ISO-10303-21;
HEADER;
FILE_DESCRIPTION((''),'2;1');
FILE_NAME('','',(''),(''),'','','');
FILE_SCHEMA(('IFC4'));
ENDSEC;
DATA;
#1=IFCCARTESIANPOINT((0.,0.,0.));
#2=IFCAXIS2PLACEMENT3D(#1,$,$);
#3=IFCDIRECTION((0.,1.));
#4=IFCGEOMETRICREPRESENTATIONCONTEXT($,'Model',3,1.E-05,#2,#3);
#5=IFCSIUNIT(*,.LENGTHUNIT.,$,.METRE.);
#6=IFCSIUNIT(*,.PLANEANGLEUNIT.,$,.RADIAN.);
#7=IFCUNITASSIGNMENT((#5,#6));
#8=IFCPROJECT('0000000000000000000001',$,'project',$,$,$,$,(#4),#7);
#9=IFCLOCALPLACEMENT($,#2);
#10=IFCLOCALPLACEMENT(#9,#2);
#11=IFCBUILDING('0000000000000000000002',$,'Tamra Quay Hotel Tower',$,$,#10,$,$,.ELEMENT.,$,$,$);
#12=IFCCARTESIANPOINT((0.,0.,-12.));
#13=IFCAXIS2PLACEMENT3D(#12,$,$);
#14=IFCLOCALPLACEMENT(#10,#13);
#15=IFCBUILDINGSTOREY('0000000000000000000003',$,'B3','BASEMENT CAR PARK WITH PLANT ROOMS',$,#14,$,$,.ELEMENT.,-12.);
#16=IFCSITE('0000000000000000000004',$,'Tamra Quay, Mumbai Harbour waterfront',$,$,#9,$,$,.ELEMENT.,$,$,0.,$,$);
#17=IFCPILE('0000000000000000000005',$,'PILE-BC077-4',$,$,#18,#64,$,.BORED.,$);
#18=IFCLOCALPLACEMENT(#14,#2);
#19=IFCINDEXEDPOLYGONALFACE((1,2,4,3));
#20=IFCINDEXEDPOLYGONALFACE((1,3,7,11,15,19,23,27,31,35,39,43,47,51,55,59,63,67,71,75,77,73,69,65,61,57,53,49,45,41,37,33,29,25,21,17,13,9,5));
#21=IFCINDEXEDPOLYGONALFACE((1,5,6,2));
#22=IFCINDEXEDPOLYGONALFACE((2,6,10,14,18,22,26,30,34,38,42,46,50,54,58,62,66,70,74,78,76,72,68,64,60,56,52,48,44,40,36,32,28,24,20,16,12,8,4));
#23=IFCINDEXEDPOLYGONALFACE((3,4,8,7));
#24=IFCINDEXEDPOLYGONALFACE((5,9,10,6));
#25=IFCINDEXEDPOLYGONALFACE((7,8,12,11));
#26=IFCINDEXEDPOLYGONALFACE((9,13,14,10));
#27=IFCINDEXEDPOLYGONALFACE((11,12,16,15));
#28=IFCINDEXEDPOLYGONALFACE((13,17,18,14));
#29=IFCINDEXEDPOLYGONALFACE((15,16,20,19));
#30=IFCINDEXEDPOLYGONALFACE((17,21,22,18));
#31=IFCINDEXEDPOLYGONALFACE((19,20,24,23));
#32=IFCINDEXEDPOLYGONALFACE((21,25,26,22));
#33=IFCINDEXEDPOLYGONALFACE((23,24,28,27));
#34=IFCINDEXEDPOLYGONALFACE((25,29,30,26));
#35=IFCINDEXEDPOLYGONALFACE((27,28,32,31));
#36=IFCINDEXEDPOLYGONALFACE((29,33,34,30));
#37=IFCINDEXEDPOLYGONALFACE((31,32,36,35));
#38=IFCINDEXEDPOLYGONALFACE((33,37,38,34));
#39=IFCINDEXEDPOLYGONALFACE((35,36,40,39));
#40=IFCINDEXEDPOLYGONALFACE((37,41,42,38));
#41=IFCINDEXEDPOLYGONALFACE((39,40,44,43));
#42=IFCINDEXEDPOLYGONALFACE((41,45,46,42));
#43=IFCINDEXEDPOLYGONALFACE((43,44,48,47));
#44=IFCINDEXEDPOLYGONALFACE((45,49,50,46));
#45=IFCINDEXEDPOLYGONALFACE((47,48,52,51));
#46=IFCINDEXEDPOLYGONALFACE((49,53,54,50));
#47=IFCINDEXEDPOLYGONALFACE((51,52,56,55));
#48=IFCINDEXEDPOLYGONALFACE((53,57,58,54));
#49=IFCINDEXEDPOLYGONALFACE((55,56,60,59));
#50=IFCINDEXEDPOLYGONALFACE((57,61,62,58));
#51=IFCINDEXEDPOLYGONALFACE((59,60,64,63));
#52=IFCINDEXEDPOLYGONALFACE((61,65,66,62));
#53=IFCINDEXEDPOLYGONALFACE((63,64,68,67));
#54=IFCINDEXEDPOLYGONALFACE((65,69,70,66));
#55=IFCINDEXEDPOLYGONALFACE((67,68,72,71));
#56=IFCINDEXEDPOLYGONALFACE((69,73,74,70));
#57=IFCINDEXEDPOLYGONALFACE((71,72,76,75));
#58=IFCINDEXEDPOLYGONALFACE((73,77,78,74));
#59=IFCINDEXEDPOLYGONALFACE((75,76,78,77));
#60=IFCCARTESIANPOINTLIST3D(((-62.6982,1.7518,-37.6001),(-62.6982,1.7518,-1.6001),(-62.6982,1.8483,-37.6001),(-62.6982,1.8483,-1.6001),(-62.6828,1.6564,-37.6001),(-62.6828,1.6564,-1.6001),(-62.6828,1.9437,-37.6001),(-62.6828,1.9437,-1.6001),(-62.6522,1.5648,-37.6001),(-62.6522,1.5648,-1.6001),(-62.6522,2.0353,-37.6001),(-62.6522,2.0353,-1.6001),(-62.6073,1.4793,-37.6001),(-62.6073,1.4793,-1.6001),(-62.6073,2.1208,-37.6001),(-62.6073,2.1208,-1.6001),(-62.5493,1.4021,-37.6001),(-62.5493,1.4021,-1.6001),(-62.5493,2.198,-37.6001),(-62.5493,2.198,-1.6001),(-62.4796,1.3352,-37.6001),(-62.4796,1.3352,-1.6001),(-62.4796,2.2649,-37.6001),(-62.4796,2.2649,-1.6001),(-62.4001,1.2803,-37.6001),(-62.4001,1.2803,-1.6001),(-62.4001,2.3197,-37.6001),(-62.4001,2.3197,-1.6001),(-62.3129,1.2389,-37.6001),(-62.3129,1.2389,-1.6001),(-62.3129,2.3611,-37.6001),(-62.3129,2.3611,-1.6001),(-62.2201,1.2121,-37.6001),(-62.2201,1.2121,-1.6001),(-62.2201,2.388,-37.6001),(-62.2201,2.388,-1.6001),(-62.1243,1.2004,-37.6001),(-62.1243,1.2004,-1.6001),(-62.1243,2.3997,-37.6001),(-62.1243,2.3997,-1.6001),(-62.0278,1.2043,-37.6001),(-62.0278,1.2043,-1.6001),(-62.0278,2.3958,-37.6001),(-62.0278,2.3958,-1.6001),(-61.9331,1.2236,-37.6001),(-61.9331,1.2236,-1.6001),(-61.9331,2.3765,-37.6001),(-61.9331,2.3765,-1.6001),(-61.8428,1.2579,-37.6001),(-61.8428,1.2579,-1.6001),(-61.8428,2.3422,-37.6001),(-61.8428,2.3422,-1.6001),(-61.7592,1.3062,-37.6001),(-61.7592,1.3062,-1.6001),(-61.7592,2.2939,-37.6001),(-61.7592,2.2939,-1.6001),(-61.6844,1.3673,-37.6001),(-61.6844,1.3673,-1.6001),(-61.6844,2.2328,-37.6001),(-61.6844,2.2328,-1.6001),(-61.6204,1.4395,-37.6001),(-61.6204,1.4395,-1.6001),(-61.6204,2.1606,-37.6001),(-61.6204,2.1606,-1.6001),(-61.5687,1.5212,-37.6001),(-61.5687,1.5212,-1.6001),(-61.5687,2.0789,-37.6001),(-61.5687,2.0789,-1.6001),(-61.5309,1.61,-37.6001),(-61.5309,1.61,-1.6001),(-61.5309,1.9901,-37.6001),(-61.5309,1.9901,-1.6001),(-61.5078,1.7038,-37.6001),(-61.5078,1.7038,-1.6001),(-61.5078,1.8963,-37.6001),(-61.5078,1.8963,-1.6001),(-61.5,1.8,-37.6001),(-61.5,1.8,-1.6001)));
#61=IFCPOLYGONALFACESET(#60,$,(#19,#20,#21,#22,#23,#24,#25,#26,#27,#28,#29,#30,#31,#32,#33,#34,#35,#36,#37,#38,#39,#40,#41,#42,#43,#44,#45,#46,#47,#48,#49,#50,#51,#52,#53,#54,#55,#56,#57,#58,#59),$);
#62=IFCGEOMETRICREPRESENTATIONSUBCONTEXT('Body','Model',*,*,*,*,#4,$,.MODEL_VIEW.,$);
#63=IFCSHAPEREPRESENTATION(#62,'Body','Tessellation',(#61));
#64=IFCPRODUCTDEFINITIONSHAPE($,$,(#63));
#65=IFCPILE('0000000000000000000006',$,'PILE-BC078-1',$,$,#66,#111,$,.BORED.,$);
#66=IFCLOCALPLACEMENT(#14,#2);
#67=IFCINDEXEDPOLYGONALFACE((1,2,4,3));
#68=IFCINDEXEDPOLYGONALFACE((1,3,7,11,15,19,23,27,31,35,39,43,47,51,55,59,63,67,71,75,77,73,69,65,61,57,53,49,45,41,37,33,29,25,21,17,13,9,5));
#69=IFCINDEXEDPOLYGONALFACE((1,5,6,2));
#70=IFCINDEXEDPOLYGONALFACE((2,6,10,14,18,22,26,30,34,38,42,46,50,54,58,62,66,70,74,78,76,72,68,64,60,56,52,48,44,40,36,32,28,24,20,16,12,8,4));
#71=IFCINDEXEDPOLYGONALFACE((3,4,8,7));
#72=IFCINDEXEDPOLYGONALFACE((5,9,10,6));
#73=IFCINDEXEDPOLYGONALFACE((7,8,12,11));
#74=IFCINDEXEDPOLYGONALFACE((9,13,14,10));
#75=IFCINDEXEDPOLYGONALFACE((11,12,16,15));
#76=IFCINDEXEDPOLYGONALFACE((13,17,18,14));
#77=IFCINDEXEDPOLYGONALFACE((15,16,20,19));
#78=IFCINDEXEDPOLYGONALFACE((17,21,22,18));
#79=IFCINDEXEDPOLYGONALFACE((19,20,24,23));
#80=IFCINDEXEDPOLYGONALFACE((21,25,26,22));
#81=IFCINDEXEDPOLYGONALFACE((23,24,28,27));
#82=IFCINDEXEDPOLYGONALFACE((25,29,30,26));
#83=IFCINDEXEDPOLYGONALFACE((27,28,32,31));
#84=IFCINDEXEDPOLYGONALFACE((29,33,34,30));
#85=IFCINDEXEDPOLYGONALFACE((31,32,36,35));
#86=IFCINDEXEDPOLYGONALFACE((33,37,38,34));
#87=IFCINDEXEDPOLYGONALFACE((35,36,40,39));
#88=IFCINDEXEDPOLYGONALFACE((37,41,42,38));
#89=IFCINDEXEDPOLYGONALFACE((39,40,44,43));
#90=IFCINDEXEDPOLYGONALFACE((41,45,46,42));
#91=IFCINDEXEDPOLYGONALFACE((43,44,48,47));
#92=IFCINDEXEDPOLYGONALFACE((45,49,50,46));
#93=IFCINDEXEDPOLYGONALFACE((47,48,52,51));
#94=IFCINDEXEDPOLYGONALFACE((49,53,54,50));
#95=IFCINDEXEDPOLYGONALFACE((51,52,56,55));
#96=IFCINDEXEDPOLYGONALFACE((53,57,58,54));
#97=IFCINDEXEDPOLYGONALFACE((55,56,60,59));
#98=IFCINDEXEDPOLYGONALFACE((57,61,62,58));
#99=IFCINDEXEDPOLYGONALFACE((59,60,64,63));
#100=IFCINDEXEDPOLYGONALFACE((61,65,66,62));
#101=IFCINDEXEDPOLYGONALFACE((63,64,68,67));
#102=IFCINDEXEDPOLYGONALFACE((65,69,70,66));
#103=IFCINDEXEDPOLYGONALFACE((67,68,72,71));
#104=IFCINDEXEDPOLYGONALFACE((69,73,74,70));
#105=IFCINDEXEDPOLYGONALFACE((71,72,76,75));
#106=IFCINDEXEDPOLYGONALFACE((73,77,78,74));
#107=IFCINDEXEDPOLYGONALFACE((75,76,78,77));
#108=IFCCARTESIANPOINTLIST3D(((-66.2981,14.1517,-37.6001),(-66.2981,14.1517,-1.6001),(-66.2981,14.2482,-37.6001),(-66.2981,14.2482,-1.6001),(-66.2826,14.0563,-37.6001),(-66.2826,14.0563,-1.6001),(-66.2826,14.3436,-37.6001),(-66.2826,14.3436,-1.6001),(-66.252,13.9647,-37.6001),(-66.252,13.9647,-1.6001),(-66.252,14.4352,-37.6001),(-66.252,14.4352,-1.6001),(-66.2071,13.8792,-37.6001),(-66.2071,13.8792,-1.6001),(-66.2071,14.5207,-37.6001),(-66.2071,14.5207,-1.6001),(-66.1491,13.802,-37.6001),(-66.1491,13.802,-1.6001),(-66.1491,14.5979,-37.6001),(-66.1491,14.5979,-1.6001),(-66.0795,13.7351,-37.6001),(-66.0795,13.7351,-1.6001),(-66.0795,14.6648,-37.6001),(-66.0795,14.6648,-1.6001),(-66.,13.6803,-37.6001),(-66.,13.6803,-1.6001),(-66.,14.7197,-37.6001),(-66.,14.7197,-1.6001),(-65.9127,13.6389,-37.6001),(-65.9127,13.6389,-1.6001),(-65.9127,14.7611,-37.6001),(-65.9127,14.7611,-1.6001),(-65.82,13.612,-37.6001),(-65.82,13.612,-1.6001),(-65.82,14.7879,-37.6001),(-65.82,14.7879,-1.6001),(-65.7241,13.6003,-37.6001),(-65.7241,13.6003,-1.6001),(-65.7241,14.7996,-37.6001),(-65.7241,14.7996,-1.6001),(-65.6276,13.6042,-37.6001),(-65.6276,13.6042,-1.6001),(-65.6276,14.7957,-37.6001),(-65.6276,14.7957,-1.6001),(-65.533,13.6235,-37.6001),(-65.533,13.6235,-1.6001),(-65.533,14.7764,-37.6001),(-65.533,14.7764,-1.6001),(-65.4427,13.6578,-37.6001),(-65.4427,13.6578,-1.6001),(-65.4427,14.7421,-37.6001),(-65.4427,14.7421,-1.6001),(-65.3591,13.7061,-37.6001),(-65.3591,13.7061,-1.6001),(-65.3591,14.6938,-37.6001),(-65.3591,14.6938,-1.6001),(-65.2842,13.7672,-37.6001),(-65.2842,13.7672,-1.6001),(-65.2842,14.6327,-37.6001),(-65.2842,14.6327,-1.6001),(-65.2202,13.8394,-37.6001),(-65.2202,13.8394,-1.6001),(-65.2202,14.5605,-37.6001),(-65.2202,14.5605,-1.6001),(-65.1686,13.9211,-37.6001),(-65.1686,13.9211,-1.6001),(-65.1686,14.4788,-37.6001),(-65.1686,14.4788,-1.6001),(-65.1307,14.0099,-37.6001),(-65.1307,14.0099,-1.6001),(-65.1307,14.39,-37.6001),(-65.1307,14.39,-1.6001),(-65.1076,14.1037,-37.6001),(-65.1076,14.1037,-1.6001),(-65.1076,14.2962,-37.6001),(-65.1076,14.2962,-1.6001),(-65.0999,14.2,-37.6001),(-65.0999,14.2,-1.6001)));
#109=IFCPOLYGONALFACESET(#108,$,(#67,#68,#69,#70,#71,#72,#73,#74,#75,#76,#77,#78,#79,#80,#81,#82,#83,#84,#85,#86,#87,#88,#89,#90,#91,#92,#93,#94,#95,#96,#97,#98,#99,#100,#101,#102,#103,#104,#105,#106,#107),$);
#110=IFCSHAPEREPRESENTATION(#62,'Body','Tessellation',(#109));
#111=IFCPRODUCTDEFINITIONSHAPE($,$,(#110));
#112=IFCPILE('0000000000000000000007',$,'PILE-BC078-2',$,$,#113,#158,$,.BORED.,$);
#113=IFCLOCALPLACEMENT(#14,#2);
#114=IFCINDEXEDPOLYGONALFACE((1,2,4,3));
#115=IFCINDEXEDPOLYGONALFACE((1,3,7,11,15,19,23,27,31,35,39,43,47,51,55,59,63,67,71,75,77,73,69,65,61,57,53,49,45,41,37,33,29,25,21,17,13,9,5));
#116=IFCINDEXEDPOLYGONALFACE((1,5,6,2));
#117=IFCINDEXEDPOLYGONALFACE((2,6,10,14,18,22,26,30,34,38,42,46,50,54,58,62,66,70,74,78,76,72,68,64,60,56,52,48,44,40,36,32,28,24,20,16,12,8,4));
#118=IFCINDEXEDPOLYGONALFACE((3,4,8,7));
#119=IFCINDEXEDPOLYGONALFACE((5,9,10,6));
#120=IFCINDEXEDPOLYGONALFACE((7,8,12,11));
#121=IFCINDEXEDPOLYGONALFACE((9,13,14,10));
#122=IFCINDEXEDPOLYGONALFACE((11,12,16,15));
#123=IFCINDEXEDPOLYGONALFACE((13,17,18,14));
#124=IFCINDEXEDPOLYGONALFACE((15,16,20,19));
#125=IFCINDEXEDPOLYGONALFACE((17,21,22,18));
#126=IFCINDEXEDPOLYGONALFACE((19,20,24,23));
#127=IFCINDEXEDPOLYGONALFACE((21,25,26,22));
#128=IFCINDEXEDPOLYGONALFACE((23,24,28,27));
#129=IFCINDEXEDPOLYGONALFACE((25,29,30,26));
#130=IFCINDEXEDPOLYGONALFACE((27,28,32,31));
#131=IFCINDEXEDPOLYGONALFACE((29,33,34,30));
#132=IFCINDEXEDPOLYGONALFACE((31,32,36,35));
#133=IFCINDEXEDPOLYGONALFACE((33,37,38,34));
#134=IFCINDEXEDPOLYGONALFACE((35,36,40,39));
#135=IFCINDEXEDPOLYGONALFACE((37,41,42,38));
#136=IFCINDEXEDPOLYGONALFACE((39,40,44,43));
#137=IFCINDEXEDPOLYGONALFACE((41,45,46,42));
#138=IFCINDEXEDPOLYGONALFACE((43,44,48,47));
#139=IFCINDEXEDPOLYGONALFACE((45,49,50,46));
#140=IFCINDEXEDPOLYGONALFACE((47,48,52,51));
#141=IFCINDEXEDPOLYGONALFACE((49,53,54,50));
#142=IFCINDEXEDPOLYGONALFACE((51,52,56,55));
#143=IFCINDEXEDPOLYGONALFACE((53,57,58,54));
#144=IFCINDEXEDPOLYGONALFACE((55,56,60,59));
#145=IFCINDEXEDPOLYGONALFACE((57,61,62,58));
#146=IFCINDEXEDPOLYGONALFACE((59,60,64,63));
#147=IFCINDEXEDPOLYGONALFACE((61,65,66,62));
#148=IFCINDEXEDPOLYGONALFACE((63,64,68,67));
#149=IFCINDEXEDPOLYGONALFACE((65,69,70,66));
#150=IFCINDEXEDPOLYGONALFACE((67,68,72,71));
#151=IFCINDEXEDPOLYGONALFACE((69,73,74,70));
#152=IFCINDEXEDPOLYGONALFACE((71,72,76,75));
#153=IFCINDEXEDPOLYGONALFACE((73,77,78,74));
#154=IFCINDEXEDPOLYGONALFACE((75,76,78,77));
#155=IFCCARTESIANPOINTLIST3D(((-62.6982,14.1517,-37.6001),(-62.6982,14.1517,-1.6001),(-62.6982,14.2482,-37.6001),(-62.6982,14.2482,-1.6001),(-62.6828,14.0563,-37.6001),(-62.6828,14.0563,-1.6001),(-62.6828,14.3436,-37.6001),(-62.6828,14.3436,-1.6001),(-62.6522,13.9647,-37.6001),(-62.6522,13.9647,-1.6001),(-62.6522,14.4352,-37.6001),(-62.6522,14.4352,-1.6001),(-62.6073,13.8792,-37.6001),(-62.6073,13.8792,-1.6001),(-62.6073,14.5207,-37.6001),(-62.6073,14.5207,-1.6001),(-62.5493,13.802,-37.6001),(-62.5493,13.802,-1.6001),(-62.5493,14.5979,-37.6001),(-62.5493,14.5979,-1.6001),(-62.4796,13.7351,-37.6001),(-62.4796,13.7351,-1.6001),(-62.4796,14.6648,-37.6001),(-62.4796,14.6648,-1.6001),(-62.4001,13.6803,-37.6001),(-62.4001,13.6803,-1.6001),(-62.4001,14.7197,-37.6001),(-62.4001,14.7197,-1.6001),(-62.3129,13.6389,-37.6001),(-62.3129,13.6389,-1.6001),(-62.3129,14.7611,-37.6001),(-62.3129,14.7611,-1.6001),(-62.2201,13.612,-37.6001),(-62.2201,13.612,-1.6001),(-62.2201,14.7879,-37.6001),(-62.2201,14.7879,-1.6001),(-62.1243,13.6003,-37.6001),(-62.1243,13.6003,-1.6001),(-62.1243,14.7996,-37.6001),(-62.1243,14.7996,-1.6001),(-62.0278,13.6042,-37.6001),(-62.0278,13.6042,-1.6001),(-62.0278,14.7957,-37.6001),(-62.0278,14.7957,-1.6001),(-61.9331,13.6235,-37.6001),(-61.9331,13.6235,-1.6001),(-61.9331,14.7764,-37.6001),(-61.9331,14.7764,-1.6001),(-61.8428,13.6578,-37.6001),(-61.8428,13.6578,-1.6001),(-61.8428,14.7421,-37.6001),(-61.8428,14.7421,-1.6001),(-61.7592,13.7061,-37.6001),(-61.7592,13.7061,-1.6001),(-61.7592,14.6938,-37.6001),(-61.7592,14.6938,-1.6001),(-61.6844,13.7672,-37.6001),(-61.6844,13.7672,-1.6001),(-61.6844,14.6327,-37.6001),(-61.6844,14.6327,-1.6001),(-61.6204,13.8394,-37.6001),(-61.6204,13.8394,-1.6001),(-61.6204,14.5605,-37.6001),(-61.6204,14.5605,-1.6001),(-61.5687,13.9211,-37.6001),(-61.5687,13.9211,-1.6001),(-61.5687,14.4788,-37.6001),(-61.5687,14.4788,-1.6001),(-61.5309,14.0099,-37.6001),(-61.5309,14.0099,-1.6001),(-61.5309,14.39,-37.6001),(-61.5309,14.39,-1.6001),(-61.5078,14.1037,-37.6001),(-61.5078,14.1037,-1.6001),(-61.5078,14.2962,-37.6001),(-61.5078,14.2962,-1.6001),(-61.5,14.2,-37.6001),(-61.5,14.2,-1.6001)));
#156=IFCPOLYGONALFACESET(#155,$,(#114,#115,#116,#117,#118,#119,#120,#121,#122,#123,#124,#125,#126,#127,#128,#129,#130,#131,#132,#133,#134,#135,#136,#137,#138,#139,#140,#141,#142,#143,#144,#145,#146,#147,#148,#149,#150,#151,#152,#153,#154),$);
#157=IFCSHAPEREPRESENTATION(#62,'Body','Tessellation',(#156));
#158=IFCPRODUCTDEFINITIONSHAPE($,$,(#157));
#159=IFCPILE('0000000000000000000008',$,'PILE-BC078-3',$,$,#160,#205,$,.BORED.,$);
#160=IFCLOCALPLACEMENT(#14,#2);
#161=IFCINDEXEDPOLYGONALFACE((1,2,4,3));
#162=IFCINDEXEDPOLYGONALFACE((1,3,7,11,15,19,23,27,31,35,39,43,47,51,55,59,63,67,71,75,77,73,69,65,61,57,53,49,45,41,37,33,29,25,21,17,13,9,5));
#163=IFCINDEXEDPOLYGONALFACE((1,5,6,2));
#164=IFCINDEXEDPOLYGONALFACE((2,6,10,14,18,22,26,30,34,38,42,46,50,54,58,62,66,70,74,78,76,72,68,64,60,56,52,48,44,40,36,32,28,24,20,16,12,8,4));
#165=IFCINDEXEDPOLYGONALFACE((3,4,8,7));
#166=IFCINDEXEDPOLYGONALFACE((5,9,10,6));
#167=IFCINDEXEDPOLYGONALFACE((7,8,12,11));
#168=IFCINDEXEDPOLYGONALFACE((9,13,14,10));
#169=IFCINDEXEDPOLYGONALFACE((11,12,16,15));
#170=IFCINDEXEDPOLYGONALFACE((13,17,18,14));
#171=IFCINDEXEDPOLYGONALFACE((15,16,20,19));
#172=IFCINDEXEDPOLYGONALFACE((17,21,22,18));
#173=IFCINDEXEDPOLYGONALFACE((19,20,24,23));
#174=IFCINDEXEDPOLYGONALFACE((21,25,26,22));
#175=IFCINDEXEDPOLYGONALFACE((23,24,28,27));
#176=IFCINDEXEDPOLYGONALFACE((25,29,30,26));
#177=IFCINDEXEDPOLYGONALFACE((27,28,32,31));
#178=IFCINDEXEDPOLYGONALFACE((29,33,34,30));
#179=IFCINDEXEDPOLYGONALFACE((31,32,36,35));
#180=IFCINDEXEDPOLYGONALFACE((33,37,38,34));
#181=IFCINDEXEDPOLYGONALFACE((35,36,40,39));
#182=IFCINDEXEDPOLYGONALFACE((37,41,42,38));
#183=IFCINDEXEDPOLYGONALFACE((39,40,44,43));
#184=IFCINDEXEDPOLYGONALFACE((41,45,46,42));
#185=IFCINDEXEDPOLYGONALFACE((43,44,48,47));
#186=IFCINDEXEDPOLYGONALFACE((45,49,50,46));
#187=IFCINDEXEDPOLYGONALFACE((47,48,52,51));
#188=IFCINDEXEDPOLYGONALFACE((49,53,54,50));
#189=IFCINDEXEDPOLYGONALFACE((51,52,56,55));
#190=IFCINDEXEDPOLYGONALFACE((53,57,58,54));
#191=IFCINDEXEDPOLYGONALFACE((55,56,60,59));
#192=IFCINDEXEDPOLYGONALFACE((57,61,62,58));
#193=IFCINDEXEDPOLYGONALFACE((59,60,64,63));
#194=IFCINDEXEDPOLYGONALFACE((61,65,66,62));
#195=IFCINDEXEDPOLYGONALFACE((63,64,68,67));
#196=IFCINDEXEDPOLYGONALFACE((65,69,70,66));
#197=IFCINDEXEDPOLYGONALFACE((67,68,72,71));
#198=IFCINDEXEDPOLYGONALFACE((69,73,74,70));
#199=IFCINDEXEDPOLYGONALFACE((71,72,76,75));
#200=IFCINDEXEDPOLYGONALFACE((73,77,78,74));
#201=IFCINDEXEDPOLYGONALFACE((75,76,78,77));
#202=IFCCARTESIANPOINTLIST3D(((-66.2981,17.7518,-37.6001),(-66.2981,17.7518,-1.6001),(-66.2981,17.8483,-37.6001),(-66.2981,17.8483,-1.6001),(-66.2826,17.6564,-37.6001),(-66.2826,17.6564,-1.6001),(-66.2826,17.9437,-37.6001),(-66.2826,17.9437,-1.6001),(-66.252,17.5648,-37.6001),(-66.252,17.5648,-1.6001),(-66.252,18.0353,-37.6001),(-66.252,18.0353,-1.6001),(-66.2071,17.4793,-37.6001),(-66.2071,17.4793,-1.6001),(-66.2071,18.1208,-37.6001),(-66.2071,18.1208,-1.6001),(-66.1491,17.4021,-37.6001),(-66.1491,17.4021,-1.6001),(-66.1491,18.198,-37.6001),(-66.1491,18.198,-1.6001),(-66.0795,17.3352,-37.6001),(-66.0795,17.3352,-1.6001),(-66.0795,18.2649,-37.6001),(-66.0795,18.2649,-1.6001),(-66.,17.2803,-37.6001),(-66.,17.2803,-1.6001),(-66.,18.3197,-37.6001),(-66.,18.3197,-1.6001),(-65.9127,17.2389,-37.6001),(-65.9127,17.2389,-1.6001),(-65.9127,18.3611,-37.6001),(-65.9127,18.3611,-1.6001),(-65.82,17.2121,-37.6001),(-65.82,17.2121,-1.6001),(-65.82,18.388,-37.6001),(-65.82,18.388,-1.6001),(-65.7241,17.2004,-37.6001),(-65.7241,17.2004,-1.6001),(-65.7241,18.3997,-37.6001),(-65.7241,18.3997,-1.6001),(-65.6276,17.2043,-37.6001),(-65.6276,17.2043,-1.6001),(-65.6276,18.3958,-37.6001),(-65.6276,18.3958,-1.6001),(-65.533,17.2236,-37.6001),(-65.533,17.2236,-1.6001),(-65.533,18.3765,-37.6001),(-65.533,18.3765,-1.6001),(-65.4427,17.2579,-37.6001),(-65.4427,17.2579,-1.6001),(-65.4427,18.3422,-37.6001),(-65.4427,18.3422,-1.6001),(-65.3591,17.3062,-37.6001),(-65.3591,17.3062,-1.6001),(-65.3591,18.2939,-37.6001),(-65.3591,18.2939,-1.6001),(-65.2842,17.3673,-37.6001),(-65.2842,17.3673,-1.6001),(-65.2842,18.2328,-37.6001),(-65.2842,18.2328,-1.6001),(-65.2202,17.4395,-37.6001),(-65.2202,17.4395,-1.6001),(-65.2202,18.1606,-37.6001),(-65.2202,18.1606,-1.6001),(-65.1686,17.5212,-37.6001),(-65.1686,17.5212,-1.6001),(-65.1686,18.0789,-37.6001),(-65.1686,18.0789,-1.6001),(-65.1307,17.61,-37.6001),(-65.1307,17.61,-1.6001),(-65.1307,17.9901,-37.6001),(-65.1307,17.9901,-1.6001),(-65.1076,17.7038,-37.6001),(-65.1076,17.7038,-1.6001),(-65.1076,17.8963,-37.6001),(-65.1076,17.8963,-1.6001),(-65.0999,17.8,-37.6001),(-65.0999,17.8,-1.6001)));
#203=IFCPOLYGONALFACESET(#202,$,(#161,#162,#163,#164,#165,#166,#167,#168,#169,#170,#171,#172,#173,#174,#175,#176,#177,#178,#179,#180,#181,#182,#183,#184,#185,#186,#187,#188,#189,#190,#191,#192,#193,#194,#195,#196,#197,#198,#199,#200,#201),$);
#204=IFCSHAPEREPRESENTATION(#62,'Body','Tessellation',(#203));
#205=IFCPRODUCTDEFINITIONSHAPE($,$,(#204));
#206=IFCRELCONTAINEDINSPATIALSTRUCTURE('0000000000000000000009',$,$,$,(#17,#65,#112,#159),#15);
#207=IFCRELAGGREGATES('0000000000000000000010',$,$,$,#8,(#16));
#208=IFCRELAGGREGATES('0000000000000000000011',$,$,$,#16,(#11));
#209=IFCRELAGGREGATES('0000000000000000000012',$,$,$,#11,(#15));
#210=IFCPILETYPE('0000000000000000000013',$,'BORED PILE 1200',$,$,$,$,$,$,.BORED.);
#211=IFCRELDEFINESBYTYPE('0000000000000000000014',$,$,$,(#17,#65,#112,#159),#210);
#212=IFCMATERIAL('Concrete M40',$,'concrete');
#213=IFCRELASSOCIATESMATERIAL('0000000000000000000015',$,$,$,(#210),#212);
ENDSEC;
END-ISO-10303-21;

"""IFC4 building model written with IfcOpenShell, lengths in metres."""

from ifc_helpers import new_model, si_unit, direction, frame, origin, origin_2d, place, context, subcontext, project, spatial, circle, extrude, material, material_profile, profile_set, type_object, element, save


model = new_model("IFC4")

# Units and contexts
model_context = context("Model", 3, precision=1e-05, world=origin(), true_north=direction((0.0, 1.0)))
body_context = subcontext(model_context, "Body", "Model", "MODEL_VIEW")
ifc_project = project(units=[si_unit("LENGTHUNIT", "METRE"), si_unit("PLANEANGLEUNIT", "RADIAN")], contexts=[model_context])

# Site, building, storey
site_placement = place(None, origin())
site = spatial("IfcSite", under=ifc_project, at=site_placement, Name="Tamra Quay, Mumbai Harbour waterfront", CompositionType="ELEMENT", RefElevation=0.0)
building_placement = place(site_placement, origin())
building = spatial("IfcBuilding", under=site, at=building_placement, Name="Tamra Quay Hotel Tower", CompositionType="ELEMENT")
storey_placement = place(building_placement, frame((0.0, 0.0, -12.0)))
storey = spatial("IfcBuildingStorey", under=building, at=storey_placement, Name="B3", Description="BASEMENT CAR PARK WITH PLANT ROOMS", CompositionType="ELEMENT", Elevation=-12.0)

# Piles
ifc_material_1 = material(Name="Concrete M40", Category="concrete")
ifc_material_profile_1 = material_profile(ifc_material_1, circle(Radius=0.6001, at=origin_2d()), Name="BORED PILE 1200")
ifc_profile_set_1 = profile_set([ifc_material_profile_1], Name="Concrete M40")
pile_type = type_object("IfcPileType", Name="BORED PILE 1200", PredefinedType="BORED", material=ifc_profile_set_1)
for number, where, z_axis, x_axis, name in (
    (1, (-62.1001, 1.8, -1.6001), (0.0, 0.0, -1.0), (1.0, 0.0, 0.0), "PILE-BC077-4"),
    (2, (-65.7, 14.2, -1.6001), (0.0, 0.0, -1.0), (1.0, 0.0, 0.0), "PILE-BC078-1"),
    (3, (-62.1001, 14.2, -1.6001), (0.0, 0.0, -1.0), (1.0, 0.0, 0.0), "PILE-BC078-2"),
    (4, (-65.7, 17.8, -1.6001), (0.0, 0.0, -1.0), (1.0, 0.0, 0.0), "PILE-BC078-3"),
):
    element("IfcPile", number, at=place(storey_placement, frame(where, z_axis=z_axis, x_axis=x_axis)), inside=storey, type_object=pile_type, Name=name, PredefinedType="BORED", context=body_context, shape_type="SweptSolid", body=[
        extrude(circle(Radius=0.6001, at=origin_2d()), origin(), (0.0, 0.0, 1.0), 36.0),
    ])

save(model, "model.ifc")
